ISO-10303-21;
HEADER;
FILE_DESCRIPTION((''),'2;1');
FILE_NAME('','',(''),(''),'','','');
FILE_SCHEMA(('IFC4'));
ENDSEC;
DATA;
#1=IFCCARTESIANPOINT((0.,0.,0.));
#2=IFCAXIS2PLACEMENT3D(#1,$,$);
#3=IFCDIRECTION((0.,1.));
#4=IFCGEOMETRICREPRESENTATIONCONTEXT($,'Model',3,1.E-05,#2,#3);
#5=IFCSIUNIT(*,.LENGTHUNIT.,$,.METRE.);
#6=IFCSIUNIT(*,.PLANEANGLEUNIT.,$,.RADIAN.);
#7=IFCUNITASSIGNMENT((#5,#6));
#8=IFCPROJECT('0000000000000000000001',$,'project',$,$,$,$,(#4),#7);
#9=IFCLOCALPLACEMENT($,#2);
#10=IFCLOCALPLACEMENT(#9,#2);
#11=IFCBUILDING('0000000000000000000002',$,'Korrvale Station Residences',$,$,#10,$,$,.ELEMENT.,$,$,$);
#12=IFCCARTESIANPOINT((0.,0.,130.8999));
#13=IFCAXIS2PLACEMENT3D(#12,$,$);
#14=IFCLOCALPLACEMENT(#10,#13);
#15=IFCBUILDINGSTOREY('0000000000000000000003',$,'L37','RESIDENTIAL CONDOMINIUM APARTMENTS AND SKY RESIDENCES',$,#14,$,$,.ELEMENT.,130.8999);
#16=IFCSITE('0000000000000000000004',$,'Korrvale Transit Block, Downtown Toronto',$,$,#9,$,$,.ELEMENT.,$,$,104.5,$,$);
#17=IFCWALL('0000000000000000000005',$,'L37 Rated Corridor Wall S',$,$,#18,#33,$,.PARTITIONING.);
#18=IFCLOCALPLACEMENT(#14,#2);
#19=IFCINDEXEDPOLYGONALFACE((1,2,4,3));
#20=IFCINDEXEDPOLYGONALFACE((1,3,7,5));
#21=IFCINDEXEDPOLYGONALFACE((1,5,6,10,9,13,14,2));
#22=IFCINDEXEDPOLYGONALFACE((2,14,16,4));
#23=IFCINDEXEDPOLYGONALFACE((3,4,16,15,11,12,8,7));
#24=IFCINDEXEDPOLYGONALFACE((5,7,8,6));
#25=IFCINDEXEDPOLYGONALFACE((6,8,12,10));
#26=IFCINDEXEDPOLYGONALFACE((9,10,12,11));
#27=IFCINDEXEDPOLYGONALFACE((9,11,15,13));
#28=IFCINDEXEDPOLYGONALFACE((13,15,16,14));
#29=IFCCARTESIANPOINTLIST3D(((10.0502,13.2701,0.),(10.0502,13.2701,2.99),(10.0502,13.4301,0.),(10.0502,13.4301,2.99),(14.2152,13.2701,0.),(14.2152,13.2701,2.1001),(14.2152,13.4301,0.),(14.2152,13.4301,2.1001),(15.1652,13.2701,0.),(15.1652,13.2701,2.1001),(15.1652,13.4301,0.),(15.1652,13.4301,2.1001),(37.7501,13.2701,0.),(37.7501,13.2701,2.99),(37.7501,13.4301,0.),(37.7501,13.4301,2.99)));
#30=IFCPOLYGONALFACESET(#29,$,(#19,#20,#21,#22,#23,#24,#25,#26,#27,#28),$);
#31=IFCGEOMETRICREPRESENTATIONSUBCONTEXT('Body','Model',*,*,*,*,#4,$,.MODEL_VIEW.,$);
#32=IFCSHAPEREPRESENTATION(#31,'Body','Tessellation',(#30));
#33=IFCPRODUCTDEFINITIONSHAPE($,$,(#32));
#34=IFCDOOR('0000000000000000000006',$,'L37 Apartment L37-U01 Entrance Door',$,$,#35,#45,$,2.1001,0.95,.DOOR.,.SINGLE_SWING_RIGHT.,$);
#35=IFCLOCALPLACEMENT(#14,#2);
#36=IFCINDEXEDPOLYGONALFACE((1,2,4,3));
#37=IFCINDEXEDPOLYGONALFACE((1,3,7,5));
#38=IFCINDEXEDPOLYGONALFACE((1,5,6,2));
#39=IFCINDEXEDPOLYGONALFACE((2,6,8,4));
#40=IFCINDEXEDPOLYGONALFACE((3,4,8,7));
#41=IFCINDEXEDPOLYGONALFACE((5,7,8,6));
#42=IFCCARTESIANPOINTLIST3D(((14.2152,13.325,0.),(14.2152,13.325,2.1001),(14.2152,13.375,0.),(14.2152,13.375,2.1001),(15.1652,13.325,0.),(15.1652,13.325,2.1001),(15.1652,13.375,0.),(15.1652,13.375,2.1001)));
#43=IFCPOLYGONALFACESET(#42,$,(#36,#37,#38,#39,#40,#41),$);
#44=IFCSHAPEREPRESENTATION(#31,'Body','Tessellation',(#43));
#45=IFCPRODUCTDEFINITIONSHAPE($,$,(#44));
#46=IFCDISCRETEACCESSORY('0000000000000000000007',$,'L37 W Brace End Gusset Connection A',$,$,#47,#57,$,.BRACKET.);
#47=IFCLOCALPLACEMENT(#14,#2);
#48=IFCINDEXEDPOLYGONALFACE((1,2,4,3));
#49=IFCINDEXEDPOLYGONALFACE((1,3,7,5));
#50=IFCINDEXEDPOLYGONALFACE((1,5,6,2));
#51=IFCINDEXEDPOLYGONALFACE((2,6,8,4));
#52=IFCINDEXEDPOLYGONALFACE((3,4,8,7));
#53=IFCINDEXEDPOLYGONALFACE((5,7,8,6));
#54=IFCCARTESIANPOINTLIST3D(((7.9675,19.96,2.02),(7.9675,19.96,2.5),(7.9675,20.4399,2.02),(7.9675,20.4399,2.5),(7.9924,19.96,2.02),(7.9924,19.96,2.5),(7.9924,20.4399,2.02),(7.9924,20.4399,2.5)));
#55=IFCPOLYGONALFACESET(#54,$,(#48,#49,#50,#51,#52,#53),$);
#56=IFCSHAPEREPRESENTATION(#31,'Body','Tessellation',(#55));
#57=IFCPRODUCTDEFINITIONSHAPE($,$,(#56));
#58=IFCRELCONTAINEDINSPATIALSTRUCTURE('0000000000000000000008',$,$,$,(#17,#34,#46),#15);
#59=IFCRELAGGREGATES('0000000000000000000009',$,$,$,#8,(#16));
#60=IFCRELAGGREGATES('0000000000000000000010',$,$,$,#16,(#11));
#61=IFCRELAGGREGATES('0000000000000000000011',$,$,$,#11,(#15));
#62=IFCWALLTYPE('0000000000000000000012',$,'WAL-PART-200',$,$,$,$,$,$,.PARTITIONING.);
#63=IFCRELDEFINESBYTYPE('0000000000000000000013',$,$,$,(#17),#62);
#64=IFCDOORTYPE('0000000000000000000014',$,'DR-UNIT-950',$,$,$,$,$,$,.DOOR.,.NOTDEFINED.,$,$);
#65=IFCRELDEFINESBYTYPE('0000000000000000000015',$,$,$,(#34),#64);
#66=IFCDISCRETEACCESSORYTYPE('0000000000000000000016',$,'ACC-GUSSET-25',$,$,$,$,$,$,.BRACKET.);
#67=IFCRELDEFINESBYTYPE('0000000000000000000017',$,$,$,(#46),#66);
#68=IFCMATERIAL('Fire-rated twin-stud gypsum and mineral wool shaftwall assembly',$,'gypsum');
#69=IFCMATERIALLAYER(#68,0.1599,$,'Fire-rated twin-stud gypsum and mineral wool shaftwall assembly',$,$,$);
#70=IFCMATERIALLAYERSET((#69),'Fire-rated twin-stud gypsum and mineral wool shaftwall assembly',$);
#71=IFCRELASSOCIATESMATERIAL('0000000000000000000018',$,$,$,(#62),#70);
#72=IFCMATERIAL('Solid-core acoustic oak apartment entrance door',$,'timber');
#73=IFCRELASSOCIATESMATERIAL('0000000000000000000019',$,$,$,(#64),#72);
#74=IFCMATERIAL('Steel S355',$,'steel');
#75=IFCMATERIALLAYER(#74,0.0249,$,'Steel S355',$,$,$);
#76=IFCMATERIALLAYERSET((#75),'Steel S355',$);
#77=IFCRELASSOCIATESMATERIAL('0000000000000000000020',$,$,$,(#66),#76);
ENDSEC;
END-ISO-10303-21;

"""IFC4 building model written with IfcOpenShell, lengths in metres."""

from ifc_helpers import new_model, si_unit, direction, frame, frame_2d, origin, origin_2d, place, context, subcontext, project, spatial, rectangle, extrude, material, layer, layer_set, type_object, element, fill, save


model = new_model("IFC4")

# Units and contexts
model_context = context("Model", 3, precision=1e-05, world=origin(), true_north=direction((0.0, 1.0)))
body_context = subcontext(model_context, "Body", "Model", "MODEL_VIEW")
ifc_project = project(units=[si_unit("LENGTHUNIT", "METRE"), si_unit("PLANEANGLEUNIT", "RADIAN")], contexts=[model_context])

# Site, building, storey
site_placement = place(None, origin())
site = spatial("IfcSite", under=ifc_project, at=site_placement, Name="Korrvale Transit Block, Downtown Toronto", CompositionType="ELEMENT", RefElevation=104.5)
building_placement = place(site_placement, origin())
building = spatial("IfcBuilding", under=site, at=building_placement, Name="Korrvale Station Residences", CompositionType="ELEMENT")
storey_placement = place(building_placement, frame((0.0, 0.0, 130.8999)))
storey = spatial("IfcBuildingStorey", under=building, at=storey_placement, Name="L37", Description="RESIDENTIAL CONDOMINIUM APARTMENTS AND SKY RESIDENCES", CompositionType="ELEMENT", Elevation=130.8999)

# Shared definitions
ifc_material_1 = material(Name="Steel S355", Category="steel")

# Shared definitions
ifc_material_2 = material(Name="Fire-rated twin-stud gypsum and mineral wool shaftwall assembly", Category="gypsum")
ifc_layer_1 = layer(ifc_material_2, 0.1599, Name="Fire-rated twin-stud gypsum and mineral wool shaftwall assembly")
ifc_layer_set_1 = layer_set([ifc_layer_1], Name="Fire-rated twin-stud gypsum and mineral wool shaftwall assembly")
wall_type_1 = type_object("IfcWallType", Name="WAL-PART-200", PredefinedType="PARTITIONING", material=ifc_layer_set_1)

# Wall, opening, door
wall_1_placement = place(storey_placement, frame((10.05, 13.3501, 0.0), z_axis=(0.0, 0.0, 1.0), x_axis=(1.0, 0.0, 0.0)))
wall_1 = element("IfcWall", 1, at=wall_1_placement, inside=storey, type_object=wall_type_1, Name="L37 Rated Corridor Wall S", PredefinedType="PARTITIONING", context=body_context, shape_type="SweptSolid", body=[
    extrude(rectangle(XDim=27.7, YDim=0.1599, at=frame_2d((13.8501, 0.0))), origin(), (0.0, 0.0, 1.0), 2.99),
])
opening_1_placement = place(wall_1_placement, frame((4.165, 0.0, 0.0)))
opening_1 = element("IfcOpeningElement", 2, at=opening_1_placement, cuts=wall_1, PredefinedType="OPENING", context=body_context, shape_type="SweptSolid", body=[
    extrude(rectangle(XDim=0.95, YDim=2.1001, at=frame_2d((0.4751, 1.05))), frame((0.0, 0.0898, 0.0), z_axis=(0.0, -1.0, 0.0), x_axis=(1.0, 0.0, 0.0)), (0.0, 0.0, 1.0), 0.1799),
])
ifc_material_3 = material(Name="Solid-core acoustic oak apartment entrance door", Category="timber")
door_type_1 = type_object("IfcDoorType", Name="DR-UNIT-950", OperationType="NOTDEFINED", PredefinedType="DOOR", material=ifc_material_3)
door_1_placement = place(opening_1_placement, origin())
door_1 = element("IfcDoor", 3, at=door_1_placement, inside=storey, type_object=door_type_1, Name="L37 Apartment L37-U01 Entrance Door", OperationType="SINGLE_SWING_RIGHT", OverallHeight=2.1001, OverallWidth=0.95, PredefinedType="DOOR", context=body_context, shape_type="SweptSolid", body=[
    extrude(rectangle(XDim=0.95, YDim=2.1001, at=frame_2d((0.4751, 1.05))), frame((0.0, 0.0249, 0.0), z_axis=(0.0, -1.0, 0.0), x_axis=(1.0, 0.0, 0.0)), (0.0, 0.0, 1.0), 0.05),
])
fill(opening_1, door_1)

# Discrete accessory
ifc_layer_2 = layer(ifc_material_1, 0.0249, Name="Steel S355")
ifc_layer_set_2 = layer_set([ifc_layer_2], Name="Steel S355")
discrete_accessory_type = type_object("IfcDiscreteAccessoryType", Name="ACC-GUSSET-25", PredefinedType="BRACKET", material=ifc_layer_set_2)
discrete_accessory_placement = place(storey_placement, frame((7.98, 20.2, 2.02), z_axis=(0.0, 0.0, 1.0), x_axis=(0.0, 1.0, 0.0)))
element("IfcDiscreteAccessory", 4, at=discrete_accessory_placement, inside=storey, type_object=discrete_accessory_type, Name="L37 W Brace End Gusset Connection A", PredefinedType="BRACKET", context=body_context, shape_type="SweptSolid", body=[
    extrude(rectangle(XDim=0.48, YDim=0.0249, at=origin_2d()), origin(), (0.0, 0.0, 1.0), 0.48),
])

save(model, "model.ifc")
